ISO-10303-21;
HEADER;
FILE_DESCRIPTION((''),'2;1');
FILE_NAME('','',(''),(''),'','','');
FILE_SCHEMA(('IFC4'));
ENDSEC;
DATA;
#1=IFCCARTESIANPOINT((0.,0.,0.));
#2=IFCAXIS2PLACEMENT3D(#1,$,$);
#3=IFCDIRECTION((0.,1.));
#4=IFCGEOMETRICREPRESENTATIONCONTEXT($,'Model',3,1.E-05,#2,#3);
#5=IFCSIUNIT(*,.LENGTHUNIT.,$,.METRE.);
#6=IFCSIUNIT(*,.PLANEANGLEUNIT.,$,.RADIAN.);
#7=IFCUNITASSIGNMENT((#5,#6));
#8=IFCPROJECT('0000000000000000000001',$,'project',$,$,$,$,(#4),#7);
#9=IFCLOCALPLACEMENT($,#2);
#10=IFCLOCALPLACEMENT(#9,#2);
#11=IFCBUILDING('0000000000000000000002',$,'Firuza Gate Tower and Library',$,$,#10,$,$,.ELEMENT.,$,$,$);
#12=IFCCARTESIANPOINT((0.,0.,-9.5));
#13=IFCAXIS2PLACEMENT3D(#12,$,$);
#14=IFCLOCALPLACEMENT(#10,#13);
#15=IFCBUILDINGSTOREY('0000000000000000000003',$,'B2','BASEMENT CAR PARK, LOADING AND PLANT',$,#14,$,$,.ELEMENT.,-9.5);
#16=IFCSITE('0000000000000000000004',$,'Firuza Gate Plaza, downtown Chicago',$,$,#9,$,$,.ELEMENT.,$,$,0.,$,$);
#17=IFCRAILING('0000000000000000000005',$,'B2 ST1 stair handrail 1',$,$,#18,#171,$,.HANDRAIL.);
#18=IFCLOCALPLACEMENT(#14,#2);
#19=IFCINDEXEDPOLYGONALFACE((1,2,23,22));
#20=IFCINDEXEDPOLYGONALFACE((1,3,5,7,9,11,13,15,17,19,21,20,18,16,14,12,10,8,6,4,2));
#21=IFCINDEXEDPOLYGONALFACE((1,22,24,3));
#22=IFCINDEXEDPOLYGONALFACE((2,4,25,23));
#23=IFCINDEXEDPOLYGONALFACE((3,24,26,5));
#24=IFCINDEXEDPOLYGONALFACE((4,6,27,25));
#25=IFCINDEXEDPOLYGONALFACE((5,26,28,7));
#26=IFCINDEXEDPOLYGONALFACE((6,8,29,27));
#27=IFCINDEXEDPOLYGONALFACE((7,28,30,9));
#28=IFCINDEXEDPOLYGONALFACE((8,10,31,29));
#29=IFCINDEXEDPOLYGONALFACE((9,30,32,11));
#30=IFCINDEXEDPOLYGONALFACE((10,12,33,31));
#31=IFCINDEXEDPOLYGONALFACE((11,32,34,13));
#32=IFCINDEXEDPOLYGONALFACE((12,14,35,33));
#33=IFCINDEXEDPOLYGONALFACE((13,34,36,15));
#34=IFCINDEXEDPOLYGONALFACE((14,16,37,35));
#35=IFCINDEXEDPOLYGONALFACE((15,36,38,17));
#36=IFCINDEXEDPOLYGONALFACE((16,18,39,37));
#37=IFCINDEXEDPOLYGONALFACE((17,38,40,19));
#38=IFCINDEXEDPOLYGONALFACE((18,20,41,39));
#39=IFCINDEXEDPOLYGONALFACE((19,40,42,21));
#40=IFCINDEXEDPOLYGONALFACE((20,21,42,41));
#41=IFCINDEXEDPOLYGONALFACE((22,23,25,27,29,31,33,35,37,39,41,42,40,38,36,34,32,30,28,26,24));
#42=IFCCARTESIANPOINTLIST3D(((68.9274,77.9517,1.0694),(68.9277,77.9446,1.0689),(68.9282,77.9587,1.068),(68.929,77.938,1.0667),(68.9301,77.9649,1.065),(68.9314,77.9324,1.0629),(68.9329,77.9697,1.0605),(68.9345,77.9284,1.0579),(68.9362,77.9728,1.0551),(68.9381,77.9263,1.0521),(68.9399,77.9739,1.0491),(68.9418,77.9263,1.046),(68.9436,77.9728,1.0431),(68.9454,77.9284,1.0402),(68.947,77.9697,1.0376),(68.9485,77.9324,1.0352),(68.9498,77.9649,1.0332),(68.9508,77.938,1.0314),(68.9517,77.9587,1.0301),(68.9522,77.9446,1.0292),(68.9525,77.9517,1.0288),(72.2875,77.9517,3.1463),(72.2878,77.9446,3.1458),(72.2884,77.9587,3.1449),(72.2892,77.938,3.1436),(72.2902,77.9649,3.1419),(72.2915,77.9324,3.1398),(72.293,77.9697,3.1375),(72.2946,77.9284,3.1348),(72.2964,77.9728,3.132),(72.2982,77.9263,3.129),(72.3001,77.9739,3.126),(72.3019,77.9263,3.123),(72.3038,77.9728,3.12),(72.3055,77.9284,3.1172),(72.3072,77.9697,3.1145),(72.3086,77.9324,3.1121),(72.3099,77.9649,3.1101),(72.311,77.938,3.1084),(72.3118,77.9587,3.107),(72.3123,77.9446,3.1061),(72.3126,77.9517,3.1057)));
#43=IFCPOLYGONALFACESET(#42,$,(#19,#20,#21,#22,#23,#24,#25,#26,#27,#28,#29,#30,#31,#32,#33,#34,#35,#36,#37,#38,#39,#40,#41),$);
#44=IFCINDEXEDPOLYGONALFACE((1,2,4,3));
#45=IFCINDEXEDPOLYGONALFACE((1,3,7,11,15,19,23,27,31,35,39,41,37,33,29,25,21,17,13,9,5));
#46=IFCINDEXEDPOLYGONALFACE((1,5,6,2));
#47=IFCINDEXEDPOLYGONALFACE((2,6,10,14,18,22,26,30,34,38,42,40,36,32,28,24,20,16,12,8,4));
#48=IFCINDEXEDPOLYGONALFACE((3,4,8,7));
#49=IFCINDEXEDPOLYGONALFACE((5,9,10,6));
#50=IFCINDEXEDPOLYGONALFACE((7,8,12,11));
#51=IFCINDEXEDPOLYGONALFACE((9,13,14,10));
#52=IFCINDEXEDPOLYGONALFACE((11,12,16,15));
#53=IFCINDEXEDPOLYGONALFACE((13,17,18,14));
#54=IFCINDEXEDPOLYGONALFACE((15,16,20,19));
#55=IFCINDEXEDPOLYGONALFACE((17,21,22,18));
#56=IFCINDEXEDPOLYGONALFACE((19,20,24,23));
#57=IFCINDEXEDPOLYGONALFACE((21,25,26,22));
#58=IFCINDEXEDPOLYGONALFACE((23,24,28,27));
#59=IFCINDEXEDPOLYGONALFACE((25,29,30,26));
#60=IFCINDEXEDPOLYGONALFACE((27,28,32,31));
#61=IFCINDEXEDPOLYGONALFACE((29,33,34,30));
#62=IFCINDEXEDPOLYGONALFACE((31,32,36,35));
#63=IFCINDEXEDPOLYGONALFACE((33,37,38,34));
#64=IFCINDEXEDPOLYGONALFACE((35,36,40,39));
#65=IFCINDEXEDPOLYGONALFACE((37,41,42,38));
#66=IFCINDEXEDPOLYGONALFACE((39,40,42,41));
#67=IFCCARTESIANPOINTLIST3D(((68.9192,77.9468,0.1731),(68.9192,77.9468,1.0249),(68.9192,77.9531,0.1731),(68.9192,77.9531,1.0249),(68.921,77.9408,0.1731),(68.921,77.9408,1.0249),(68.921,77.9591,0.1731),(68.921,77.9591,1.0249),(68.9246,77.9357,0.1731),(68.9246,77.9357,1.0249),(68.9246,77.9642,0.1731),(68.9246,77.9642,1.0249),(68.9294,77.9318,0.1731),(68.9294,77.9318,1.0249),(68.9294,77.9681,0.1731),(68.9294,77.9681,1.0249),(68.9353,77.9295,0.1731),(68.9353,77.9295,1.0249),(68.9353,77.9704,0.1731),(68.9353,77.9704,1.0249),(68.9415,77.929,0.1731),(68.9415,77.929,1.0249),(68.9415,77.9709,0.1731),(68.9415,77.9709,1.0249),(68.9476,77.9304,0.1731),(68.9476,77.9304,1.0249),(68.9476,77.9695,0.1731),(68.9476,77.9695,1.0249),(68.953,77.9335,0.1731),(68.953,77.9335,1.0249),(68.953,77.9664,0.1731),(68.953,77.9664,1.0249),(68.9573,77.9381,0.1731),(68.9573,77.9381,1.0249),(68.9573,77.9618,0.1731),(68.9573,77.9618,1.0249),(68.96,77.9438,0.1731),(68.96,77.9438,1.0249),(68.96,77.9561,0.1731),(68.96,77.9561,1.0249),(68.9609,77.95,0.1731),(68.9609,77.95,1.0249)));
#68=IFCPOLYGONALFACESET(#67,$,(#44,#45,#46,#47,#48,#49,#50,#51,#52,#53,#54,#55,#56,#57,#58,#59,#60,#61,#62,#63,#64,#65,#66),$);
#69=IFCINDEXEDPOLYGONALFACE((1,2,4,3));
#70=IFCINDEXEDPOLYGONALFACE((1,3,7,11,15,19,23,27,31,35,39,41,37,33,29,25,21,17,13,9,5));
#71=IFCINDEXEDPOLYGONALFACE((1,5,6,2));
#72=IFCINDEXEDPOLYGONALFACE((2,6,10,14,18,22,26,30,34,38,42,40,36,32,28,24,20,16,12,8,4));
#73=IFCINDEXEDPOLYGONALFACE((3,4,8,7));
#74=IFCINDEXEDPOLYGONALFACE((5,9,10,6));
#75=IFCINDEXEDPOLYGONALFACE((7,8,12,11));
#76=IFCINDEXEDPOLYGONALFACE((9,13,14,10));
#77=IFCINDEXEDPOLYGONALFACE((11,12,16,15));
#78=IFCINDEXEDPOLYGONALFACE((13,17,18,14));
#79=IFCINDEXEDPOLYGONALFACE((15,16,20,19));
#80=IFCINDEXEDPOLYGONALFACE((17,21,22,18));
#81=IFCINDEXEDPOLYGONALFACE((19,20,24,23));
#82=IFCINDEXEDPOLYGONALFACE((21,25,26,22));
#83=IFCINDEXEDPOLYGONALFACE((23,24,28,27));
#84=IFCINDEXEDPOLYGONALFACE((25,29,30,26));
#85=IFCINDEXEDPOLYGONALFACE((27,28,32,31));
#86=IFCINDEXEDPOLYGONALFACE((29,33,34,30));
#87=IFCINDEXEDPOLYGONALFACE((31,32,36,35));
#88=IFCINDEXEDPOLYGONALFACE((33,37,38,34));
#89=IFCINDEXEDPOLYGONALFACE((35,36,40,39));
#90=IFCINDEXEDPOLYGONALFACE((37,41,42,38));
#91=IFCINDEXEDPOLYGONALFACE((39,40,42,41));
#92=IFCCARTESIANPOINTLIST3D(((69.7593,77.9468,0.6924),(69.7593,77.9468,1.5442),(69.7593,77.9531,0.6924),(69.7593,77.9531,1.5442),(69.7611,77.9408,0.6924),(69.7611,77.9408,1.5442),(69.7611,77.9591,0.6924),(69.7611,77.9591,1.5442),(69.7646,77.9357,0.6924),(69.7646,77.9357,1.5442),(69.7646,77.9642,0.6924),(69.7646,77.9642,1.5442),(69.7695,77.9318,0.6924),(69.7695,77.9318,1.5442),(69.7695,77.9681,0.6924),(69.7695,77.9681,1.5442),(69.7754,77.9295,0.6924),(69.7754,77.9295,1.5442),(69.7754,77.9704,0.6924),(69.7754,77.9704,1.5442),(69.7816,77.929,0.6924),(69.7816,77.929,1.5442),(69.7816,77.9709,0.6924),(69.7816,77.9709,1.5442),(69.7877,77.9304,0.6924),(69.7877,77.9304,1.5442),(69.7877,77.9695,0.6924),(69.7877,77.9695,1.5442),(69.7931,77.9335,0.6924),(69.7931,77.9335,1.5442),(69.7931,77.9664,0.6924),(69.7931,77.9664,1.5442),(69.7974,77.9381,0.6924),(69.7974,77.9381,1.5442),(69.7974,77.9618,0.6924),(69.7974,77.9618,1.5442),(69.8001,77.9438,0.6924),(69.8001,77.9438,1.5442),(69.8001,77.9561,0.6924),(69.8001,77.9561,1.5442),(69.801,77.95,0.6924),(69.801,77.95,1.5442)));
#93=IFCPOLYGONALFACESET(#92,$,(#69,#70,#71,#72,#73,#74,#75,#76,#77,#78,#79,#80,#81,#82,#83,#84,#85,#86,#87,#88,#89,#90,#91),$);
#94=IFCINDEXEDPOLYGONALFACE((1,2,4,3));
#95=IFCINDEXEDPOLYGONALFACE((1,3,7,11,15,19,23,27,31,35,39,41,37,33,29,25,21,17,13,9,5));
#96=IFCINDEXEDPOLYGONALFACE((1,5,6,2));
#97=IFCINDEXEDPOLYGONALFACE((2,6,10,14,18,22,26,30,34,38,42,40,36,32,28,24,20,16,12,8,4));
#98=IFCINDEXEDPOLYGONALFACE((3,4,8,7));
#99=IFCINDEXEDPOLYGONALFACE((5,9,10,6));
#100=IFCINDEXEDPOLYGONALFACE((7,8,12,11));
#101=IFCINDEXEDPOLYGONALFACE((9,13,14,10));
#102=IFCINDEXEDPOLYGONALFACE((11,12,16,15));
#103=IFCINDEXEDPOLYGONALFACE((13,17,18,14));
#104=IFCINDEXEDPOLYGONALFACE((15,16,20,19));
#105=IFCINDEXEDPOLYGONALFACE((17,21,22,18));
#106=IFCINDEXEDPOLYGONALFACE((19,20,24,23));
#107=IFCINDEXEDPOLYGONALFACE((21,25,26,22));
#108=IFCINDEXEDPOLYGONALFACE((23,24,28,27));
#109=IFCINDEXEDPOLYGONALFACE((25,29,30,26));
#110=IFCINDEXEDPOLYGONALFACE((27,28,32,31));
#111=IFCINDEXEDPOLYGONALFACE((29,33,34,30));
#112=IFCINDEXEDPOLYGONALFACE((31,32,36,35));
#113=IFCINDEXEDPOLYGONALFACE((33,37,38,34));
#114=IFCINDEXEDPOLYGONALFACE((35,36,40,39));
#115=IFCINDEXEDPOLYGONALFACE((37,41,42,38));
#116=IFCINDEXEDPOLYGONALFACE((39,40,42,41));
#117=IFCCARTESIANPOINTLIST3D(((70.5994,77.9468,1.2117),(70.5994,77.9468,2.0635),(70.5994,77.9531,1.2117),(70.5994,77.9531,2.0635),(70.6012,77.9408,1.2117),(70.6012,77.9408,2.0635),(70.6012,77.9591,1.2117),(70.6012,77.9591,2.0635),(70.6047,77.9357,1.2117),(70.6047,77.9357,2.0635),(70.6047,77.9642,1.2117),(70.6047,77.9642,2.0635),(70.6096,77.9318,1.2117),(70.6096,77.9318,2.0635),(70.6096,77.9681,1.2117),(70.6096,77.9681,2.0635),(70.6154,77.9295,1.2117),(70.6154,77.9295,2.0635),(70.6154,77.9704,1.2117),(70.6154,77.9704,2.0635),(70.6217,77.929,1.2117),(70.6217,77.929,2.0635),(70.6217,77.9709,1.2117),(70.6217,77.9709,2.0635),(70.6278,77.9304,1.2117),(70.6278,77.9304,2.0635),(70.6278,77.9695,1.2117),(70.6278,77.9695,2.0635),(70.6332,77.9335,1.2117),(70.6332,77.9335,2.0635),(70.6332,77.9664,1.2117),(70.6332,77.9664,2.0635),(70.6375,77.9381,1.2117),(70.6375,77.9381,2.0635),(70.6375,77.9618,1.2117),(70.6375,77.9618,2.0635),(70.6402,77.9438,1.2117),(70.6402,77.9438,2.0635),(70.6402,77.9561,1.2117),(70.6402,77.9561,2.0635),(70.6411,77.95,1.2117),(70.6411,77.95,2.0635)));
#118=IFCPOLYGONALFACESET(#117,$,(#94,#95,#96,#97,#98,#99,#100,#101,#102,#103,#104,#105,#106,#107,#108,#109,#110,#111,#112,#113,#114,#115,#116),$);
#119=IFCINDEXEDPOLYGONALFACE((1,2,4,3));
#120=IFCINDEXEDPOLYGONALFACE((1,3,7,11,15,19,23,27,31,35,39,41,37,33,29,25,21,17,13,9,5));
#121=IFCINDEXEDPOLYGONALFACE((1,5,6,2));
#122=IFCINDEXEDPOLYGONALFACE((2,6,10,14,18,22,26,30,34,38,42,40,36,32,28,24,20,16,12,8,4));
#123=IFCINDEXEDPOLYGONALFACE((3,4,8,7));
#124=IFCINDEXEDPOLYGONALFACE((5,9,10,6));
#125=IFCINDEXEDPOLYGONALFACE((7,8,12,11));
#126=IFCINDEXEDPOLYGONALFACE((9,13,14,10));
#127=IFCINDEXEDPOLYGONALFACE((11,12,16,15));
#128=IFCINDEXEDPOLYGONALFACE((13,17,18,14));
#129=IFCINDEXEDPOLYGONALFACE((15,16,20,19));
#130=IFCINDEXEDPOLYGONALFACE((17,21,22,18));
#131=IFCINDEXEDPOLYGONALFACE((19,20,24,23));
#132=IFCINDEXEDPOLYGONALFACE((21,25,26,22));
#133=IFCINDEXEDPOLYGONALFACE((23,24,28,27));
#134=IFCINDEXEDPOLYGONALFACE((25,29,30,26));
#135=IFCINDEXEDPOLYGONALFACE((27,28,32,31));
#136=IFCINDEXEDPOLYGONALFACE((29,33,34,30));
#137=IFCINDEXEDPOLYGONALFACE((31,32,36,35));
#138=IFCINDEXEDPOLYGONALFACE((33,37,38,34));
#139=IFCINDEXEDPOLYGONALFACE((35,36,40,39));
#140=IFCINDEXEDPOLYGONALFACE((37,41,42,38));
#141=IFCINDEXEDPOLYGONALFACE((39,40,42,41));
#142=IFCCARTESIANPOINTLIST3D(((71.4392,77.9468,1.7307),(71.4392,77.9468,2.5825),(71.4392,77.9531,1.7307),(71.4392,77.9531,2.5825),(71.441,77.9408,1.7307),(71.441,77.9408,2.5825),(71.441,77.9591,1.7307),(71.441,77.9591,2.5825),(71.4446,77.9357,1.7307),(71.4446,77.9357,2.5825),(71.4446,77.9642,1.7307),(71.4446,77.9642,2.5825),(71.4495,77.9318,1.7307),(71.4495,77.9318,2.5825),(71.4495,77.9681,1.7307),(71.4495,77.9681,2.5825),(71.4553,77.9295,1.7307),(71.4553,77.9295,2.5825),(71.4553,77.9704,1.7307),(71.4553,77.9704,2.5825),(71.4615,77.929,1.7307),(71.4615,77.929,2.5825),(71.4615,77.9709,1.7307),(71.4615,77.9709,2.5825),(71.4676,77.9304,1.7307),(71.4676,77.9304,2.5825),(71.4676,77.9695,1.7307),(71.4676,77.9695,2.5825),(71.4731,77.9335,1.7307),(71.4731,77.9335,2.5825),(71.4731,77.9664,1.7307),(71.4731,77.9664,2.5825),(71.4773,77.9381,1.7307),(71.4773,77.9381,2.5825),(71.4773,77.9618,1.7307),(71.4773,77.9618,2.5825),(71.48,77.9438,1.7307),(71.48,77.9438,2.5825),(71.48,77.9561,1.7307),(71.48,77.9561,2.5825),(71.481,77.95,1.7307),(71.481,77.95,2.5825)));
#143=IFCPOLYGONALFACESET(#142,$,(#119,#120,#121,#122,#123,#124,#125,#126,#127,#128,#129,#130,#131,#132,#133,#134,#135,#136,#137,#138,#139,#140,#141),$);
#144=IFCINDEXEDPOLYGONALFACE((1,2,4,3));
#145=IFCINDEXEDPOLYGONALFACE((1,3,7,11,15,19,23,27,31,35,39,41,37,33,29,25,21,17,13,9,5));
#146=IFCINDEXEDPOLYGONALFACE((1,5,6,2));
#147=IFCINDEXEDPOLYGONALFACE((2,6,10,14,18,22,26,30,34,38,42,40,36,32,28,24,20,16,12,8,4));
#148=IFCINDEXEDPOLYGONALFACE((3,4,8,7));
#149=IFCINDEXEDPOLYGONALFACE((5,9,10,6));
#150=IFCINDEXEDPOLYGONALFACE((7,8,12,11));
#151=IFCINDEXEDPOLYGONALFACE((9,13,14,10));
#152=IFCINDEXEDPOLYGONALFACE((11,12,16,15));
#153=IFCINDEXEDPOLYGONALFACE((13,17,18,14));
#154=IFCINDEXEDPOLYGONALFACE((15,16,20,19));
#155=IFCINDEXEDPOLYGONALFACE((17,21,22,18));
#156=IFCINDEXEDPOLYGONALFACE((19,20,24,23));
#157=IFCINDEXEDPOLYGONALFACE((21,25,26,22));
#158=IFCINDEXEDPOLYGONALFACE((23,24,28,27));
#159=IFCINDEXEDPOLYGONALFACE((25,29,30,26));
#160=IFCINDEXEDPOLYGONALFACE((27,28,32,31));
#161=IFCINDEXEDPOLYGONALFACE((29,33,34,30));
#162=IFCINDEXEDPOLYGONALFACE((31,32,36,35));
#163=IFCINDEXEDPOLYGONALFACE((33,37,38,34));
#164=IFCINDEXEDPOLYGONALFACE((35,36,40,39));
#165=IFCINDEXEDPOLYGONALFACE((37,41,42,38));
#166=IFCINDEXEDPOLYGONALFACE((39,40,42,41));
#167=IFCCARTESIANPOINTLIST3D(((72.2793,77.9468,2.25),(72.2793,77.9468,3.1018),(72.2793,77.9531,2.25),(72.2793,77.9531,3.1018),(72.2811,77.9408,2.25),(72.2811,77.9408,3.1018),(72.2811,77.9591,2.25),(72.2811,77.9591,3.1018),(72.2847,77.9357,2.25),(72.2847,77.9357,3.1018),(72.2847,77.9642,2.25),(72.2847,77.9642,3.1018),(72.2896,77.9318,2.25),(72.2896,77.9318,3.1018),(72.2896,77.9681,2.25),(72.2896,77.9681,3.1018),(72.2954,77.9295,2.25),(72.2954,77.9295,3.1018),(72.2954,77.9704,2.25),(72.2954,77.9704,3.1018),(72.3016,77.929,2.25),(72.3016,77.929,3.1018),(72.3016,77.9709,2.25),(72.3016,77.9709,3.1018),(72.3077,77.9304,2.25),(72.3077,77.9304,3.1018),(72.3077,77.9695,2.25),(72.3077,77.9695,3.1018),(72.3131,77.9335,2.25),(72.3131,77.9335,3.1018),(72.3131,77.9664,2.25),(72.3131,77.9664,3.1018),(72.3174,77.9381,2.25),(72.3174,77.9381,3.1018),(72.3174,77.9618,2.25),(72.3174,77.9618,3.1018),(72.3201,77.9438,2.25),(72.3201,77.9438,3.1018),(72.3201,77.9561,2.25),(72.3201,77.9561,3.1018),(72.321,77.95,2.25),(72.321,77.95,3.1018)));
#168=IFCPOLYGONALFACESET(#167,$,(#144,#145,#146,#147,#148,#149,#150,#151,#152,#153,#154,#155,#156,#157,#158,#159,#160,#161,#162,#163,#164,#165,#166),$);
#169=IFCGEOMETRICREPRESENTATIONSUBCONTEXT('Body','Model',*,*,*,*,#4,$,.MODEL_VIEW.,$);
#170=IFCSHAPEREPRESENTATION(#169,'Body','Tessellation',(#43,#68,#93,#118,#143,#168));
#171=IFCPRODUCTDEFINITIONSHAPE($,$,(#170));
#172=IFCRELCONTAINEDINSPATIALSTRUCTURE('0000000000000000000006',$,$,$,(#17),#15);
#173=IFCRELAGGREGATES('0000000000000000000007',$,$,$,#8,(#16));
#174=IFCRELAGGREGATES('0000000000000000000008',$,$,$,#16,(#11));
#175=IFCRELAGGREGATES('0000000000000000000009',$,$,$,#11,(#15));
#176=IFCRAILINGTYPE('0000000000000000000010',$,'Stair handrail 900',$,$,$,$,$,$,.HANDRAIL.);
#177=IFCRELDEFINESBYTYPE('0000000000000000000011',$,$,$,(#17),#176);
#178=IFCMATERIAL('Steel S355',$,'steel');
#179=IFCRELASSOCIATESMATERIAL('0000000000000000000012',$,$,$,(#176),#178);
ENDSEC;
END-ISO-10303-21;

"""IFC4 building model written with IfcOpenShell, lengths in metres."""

from ifc_helpers import new_model, si_unit, direction, frame, origin, origin_2d, place, context, subcontext, project, spatial, circle, extrude, material, type_object, element, save


model = new_model("IFC4")

# Units and contexts
model_context = context("Model", 3, precision=1e-05, world=origin(), true_north=direction((0.0, 1.0)))
body_context = subcontext(model_context, "Body", "Model", "MODEL_VIEW")
ifc_project = project(units=[si_unit("LENGTHUNIT", "METRE"), si_unit("PLANEANGLEUNIT", "RADIAN")], contexts=[model_context])

# Site, building, storey
site_placement = place(None, origin())
site = spatial("IfcSite", under=ifc_project, at=site_placement, Name="Firuza Gate Plaza, downtown Chicago", CompositionType="ELEMENT", RefElevation=0.0)
building_placement = place(site_placement, origin())
building = spatial("IfcBuilding", under=site, at=building_placement, Name="Firuza Gate Tower and Library", CompositionType="ELEMENT")
storey_placement = place(building_placement, frame((0.0, 0.0, -9.5)))
storey = spatial("IfcBuildingStorey", under=building, at=storey_placement, Name="B2", Description="BASEMENT CAR PARK, LOADING AND PLANT", CompositionType="ELEMENT", Elevation=-9.5)

# Railing
ifc_material_1 = material(Name="Steel S355", Category="steel")
railing_type_1 = type_object("IfcRailingType", Name="Stair handrail 900", PredefinedType="HANDRAIL", material=ifc_material_1)
railing_1_placement = place(storey_placement, frame((68.9399, 77.95, 0.1731)))
element("IfcRailing", 1, at=railing_1_placement, inside=storey, type_object=railing_type_1, Name="B2 ST1 stair handrail 1", PredefinedType="HANDRAIL", context=body_context, shape_type="SweptSolid", body=[
    extrude(circle(Radius=0.0239, at=origin_2d()), frame((0.0, 0.0, 0.876), z_axis=(0.850623, 0.0, 0.525776), x_axis=(0.0, 1.0, 0.0)), (0.0, 0.0, 1.0), 3.9502),
    extrude(circle(Radius=0.021, at=origin_2d()), origin(), (0.0, 0.0, 1.0), 0.8518),
    extrude(circle(Radius=0.021, at=origin_2d()), frame((0.8401, 0.0, 0.5193)), (0.0, 0.0, 1.0), 0.8518),
    extrude(circle(Radius=0.021, at=origin_2d()), frame((1.6802, 0.0, 1.0386)), (0.0, 0.0, 1.0), 0.8518),
    extrude(circle(Radius=0.021, at=origin_2d()), frame((2.52, 0.0, 1.5576)), (0.0, 0.0, 1.0), 0.8518),
    extrude(circle(Radius=0.021, at=origin_2d()), frame((3.3601, 0.0, 2.0769)), (0.0, 0.0, 1.0), 0.8518),
])

save(model, "model.ifc")
